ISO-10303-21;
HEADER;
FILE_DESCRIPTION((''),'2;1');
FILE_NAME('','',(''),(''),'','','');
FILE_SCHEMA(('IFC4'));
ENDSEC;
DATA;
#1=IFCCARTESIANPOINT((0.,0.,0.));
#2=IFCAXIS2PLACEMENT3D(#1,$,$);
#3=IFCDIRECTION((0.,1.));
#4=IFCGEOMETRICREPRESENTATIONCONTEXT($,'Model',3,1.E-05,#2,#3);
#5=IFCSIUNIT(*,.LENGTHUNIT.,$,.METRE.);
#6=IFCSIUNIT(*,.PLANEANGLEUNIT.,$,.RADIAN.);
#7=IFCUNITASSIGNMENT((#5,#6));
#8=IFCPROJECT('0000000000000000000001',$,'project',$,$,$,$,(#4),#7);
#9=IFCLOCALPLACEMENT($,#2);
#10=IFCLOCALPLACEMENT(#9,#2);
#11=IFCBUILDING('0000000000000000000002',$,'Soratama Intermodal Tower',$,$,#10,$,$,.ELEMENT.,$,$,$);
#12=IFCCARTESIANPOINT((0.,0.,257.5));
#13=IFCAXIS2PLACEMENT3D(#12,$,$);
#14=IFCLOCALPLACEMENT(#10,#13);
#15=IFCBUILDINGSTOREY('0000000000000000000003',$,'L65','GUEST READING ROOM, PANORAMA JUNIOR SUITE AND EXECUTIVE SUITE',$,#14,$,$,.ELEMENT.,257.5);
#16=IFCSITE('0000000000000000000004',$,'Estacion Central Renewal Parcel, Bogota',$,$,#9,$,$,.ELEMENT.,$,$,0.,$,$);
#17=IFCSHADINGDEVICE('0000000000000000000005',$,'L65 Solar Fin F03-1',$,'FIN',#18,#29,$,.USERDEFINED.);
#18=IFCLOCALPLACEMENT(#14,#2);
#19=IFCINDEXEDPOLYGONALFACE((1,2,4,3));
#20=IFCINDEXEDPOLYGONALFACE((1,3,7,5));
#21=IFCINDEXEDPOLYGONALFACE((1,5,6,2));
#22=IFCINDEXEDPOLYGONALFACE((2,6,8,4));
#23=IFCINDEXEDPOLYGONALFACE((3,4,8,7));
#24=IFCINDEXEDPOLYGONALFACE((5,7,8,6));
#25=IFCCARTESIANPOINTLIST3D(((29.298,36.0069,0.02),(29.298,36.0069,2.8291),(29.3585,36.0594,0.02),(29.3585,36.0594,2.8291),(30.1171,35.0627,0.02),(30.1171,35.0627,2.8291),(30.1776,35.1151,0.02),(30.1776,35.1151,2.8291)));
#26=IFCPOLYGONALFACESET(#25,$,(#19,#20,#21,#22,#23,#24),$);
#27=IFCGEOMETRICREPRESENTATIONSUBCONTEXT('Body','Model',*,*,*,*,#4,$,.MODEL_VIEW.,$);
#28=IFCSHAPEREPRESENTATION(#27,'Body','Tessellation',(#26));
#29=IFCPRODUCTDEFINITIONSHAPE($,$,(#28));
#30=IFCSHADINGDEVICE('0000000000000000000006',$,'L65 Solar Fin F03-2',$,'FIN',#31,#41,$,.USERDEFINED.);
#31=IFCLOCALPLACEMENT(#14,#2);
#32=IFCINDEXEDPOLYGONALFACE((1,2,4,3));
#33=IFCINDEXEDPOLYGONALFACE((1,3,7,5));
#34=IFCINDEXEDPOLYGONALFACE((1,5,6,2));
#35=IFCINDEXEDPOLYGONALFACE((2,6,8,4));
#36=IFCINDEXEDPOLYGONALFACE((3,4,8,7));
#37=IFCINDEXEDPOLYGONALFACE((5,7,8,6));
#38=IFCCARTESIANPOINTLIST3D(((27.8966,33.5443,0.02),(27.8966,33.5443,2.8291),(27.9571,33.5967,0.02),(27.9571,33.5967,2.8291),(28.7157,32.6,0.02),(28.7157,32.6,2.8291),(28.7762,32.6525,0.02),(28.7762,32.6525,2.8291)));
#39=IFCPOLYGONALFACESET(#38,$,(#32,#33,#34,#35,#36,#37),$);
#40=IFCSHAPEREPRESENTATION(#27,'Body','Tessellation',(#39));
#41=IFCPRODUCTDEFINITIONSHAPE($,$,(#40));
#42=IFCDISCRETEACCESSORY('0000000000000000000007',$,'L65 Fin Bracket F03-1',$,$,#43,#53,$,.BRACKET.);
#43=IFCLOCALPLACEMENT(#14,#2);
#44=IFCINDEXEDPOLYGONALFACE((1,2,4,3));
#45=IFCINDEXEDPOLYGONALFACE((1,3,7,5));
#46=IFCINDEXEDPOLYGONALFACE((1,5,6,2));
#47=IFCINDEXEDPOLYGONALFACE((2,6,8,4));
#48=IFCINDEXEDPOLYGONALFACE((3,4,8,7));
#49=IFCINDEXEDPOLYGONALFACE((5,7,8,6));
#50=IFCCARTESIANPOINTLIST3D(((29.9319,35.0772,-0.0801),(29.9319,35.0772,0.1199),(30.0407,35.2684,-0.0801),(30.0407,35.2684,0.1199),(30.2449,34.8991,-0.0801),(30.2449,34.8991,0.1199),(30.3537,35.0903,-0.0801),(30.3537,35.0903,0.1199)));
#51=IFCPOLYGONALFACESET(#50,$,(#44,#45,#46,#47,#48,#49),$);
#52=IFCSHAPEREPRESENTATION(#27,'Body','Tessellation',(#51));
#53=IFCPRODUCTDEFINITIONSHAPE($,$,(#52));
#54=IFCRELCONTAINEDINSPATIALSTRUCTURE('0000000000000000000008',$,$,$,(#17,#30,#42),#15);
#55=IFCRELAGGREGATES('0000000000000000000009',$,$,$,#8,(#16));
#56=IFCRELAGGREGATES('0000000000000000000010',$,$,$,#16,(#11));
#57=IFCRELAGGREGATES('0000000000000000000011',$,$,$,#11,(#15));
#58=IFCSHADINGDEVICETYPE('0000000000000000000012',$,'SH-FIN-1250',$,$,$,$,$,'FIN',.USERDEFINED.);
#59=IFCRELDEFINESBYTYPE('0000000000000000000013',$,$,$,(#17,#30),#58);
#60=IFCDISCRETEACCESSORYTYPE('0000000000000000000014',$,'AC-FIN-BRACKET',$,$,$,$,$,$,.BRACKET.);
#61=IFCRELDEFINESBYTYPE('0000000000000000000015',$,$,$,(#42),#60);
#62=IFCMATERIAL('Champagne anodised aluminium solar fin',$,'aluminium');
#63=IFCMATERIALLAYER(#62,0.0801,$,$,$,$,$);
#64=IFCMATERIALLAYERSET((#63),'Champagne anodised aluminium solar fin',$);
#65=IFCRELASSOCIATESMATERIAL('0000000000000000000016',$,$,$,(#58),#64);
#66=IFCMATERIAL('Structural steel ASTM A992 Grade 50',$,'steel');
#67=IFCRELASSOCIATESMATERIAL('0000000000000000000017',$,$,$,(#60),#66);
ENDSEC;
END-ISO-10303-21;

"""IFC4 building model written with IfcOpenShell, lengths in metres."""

from ifc_helpers import new_model, si_unit, direction, frame, origin, origin_2d, place, context, subcontext, project, spatial, rectangle, extrude, material, layer, layer_set, type_object, element, save


model = new_model("IFC4")

# Units and contexts
model_context = context("Model", 3, precision=1e-05, world=origin(), true_north=direction((0.0, 1.0)))
body_context = subcontext(model_context, "Body", "Model", "MODEL_VIEW")
ifc_project = project(units=[si_unit("LENGTHUNIT", "METRE"), si_unit("PLANEANGLEUNIT", "RADIAN")], contexts=[model_context])

# Site, building, storey
site_placement = place(None, origin())
site = spatial("IfcSite", under=ifc_project, at=site_placement, Name="Estacion Central Renewal Parcel, Bogota", CompositionType="ELEMENT", RefElevation=0.0)
building_placement = place(site_placement, origin())
building = spatial("IfcBuilding", under=site, at=building_placement, Name="Soratama Intermodal Tower", CompositionType="ELEMENT")
storey_placement = place(building_placement, frame((0.0, 0.0, 257.5)))
storey = spatial("IfcBuildingStorey", under=building, at=storey_placement, Name="L65", Description="GUEST READING ROOM, PANORAMA JUNIOR SUITE AND EXECUTIVE SUITE", CompositionType="ELEMENT", Elevation=257.5)

# Shading devices
ifc_material_1 = material(Name="Champagne anodised aluminium solar fin", Category="aluminium")
ifc_layer_1 = layer(ifc_material_1, 0.0801)
ifc_layer_set_1 = layer_set([ifc_layer_1], Name="Champagne anodised aluminium solar fin")
shading_device_type = type_object("IfcShadingDeviceType", Name="SH-FIN-1250", ElementType="FIN", PredefinedType="USERDEFINED", material=ifc_layer_set_1)
for number, where, z_axis, x_axis, name in (
    (1, (29.7378, 35.561, 0.02), (0.0, 0.0, 1.0), (-0.655268, 0.755396, 0.0), "L65 Solar Fin F03-1"),
    (2, (28.3364, 33.0984, 0.02), (0.0, 0.0, 1.0), (-0.655268, 0.755396, 0.0), "L65 Solar Fin F03-2"),
):
    element("IfcShadingDevice", number, at=place(storey_placement, frame(where, z_axis=z_axis, x_axis=x_axis)), inside=storey, type_object=shading_device_type, Name=name, ObjectType="FIN", PredefinedType="USERDEFINED", context=body_context, shape_type="SweptSolid", body=[
        extrude(rectangle(XDim=1.25, YDim=0.0801, at=origin_2d()), origin(), (0.0, 0.0, 1.0), 2.8091),
    ])

# Discrete accessory
ifc_material_2 = material(Name="Structural steel ASTM A992 Grade 50", Category="steel")
discrete_accessory_type = type_object("IfcDiscreteAccessoryType", Name="AC-FIN-BRACKET", PredefinedType="BRACKET", material=ifc_material_2)
discrete_accessory_placement = place(storey_placement, frame((30.1428, 35.0837, -0.0801), z_axis=(0.0, 0.0, 1.0), x_axis=(-0.86915, 0.494549, 0.0)))
element("IfcDiscreteAccessory", 3, at=discrete_accessory_placement, inside=storey, type_object=discrete_accessory_type, Name="L65 Fin Bracket F03-1", PredefinedType="BRACKET", context=body_context, shape_type="SweptSolid", body=[
    extrude(rectangle(XDim=0.3601, YDim=0.22, at=origin_2d()), origin(), (0.0, 0.0, 1.0), 0.2),
])

save(model, "model.ifc")
